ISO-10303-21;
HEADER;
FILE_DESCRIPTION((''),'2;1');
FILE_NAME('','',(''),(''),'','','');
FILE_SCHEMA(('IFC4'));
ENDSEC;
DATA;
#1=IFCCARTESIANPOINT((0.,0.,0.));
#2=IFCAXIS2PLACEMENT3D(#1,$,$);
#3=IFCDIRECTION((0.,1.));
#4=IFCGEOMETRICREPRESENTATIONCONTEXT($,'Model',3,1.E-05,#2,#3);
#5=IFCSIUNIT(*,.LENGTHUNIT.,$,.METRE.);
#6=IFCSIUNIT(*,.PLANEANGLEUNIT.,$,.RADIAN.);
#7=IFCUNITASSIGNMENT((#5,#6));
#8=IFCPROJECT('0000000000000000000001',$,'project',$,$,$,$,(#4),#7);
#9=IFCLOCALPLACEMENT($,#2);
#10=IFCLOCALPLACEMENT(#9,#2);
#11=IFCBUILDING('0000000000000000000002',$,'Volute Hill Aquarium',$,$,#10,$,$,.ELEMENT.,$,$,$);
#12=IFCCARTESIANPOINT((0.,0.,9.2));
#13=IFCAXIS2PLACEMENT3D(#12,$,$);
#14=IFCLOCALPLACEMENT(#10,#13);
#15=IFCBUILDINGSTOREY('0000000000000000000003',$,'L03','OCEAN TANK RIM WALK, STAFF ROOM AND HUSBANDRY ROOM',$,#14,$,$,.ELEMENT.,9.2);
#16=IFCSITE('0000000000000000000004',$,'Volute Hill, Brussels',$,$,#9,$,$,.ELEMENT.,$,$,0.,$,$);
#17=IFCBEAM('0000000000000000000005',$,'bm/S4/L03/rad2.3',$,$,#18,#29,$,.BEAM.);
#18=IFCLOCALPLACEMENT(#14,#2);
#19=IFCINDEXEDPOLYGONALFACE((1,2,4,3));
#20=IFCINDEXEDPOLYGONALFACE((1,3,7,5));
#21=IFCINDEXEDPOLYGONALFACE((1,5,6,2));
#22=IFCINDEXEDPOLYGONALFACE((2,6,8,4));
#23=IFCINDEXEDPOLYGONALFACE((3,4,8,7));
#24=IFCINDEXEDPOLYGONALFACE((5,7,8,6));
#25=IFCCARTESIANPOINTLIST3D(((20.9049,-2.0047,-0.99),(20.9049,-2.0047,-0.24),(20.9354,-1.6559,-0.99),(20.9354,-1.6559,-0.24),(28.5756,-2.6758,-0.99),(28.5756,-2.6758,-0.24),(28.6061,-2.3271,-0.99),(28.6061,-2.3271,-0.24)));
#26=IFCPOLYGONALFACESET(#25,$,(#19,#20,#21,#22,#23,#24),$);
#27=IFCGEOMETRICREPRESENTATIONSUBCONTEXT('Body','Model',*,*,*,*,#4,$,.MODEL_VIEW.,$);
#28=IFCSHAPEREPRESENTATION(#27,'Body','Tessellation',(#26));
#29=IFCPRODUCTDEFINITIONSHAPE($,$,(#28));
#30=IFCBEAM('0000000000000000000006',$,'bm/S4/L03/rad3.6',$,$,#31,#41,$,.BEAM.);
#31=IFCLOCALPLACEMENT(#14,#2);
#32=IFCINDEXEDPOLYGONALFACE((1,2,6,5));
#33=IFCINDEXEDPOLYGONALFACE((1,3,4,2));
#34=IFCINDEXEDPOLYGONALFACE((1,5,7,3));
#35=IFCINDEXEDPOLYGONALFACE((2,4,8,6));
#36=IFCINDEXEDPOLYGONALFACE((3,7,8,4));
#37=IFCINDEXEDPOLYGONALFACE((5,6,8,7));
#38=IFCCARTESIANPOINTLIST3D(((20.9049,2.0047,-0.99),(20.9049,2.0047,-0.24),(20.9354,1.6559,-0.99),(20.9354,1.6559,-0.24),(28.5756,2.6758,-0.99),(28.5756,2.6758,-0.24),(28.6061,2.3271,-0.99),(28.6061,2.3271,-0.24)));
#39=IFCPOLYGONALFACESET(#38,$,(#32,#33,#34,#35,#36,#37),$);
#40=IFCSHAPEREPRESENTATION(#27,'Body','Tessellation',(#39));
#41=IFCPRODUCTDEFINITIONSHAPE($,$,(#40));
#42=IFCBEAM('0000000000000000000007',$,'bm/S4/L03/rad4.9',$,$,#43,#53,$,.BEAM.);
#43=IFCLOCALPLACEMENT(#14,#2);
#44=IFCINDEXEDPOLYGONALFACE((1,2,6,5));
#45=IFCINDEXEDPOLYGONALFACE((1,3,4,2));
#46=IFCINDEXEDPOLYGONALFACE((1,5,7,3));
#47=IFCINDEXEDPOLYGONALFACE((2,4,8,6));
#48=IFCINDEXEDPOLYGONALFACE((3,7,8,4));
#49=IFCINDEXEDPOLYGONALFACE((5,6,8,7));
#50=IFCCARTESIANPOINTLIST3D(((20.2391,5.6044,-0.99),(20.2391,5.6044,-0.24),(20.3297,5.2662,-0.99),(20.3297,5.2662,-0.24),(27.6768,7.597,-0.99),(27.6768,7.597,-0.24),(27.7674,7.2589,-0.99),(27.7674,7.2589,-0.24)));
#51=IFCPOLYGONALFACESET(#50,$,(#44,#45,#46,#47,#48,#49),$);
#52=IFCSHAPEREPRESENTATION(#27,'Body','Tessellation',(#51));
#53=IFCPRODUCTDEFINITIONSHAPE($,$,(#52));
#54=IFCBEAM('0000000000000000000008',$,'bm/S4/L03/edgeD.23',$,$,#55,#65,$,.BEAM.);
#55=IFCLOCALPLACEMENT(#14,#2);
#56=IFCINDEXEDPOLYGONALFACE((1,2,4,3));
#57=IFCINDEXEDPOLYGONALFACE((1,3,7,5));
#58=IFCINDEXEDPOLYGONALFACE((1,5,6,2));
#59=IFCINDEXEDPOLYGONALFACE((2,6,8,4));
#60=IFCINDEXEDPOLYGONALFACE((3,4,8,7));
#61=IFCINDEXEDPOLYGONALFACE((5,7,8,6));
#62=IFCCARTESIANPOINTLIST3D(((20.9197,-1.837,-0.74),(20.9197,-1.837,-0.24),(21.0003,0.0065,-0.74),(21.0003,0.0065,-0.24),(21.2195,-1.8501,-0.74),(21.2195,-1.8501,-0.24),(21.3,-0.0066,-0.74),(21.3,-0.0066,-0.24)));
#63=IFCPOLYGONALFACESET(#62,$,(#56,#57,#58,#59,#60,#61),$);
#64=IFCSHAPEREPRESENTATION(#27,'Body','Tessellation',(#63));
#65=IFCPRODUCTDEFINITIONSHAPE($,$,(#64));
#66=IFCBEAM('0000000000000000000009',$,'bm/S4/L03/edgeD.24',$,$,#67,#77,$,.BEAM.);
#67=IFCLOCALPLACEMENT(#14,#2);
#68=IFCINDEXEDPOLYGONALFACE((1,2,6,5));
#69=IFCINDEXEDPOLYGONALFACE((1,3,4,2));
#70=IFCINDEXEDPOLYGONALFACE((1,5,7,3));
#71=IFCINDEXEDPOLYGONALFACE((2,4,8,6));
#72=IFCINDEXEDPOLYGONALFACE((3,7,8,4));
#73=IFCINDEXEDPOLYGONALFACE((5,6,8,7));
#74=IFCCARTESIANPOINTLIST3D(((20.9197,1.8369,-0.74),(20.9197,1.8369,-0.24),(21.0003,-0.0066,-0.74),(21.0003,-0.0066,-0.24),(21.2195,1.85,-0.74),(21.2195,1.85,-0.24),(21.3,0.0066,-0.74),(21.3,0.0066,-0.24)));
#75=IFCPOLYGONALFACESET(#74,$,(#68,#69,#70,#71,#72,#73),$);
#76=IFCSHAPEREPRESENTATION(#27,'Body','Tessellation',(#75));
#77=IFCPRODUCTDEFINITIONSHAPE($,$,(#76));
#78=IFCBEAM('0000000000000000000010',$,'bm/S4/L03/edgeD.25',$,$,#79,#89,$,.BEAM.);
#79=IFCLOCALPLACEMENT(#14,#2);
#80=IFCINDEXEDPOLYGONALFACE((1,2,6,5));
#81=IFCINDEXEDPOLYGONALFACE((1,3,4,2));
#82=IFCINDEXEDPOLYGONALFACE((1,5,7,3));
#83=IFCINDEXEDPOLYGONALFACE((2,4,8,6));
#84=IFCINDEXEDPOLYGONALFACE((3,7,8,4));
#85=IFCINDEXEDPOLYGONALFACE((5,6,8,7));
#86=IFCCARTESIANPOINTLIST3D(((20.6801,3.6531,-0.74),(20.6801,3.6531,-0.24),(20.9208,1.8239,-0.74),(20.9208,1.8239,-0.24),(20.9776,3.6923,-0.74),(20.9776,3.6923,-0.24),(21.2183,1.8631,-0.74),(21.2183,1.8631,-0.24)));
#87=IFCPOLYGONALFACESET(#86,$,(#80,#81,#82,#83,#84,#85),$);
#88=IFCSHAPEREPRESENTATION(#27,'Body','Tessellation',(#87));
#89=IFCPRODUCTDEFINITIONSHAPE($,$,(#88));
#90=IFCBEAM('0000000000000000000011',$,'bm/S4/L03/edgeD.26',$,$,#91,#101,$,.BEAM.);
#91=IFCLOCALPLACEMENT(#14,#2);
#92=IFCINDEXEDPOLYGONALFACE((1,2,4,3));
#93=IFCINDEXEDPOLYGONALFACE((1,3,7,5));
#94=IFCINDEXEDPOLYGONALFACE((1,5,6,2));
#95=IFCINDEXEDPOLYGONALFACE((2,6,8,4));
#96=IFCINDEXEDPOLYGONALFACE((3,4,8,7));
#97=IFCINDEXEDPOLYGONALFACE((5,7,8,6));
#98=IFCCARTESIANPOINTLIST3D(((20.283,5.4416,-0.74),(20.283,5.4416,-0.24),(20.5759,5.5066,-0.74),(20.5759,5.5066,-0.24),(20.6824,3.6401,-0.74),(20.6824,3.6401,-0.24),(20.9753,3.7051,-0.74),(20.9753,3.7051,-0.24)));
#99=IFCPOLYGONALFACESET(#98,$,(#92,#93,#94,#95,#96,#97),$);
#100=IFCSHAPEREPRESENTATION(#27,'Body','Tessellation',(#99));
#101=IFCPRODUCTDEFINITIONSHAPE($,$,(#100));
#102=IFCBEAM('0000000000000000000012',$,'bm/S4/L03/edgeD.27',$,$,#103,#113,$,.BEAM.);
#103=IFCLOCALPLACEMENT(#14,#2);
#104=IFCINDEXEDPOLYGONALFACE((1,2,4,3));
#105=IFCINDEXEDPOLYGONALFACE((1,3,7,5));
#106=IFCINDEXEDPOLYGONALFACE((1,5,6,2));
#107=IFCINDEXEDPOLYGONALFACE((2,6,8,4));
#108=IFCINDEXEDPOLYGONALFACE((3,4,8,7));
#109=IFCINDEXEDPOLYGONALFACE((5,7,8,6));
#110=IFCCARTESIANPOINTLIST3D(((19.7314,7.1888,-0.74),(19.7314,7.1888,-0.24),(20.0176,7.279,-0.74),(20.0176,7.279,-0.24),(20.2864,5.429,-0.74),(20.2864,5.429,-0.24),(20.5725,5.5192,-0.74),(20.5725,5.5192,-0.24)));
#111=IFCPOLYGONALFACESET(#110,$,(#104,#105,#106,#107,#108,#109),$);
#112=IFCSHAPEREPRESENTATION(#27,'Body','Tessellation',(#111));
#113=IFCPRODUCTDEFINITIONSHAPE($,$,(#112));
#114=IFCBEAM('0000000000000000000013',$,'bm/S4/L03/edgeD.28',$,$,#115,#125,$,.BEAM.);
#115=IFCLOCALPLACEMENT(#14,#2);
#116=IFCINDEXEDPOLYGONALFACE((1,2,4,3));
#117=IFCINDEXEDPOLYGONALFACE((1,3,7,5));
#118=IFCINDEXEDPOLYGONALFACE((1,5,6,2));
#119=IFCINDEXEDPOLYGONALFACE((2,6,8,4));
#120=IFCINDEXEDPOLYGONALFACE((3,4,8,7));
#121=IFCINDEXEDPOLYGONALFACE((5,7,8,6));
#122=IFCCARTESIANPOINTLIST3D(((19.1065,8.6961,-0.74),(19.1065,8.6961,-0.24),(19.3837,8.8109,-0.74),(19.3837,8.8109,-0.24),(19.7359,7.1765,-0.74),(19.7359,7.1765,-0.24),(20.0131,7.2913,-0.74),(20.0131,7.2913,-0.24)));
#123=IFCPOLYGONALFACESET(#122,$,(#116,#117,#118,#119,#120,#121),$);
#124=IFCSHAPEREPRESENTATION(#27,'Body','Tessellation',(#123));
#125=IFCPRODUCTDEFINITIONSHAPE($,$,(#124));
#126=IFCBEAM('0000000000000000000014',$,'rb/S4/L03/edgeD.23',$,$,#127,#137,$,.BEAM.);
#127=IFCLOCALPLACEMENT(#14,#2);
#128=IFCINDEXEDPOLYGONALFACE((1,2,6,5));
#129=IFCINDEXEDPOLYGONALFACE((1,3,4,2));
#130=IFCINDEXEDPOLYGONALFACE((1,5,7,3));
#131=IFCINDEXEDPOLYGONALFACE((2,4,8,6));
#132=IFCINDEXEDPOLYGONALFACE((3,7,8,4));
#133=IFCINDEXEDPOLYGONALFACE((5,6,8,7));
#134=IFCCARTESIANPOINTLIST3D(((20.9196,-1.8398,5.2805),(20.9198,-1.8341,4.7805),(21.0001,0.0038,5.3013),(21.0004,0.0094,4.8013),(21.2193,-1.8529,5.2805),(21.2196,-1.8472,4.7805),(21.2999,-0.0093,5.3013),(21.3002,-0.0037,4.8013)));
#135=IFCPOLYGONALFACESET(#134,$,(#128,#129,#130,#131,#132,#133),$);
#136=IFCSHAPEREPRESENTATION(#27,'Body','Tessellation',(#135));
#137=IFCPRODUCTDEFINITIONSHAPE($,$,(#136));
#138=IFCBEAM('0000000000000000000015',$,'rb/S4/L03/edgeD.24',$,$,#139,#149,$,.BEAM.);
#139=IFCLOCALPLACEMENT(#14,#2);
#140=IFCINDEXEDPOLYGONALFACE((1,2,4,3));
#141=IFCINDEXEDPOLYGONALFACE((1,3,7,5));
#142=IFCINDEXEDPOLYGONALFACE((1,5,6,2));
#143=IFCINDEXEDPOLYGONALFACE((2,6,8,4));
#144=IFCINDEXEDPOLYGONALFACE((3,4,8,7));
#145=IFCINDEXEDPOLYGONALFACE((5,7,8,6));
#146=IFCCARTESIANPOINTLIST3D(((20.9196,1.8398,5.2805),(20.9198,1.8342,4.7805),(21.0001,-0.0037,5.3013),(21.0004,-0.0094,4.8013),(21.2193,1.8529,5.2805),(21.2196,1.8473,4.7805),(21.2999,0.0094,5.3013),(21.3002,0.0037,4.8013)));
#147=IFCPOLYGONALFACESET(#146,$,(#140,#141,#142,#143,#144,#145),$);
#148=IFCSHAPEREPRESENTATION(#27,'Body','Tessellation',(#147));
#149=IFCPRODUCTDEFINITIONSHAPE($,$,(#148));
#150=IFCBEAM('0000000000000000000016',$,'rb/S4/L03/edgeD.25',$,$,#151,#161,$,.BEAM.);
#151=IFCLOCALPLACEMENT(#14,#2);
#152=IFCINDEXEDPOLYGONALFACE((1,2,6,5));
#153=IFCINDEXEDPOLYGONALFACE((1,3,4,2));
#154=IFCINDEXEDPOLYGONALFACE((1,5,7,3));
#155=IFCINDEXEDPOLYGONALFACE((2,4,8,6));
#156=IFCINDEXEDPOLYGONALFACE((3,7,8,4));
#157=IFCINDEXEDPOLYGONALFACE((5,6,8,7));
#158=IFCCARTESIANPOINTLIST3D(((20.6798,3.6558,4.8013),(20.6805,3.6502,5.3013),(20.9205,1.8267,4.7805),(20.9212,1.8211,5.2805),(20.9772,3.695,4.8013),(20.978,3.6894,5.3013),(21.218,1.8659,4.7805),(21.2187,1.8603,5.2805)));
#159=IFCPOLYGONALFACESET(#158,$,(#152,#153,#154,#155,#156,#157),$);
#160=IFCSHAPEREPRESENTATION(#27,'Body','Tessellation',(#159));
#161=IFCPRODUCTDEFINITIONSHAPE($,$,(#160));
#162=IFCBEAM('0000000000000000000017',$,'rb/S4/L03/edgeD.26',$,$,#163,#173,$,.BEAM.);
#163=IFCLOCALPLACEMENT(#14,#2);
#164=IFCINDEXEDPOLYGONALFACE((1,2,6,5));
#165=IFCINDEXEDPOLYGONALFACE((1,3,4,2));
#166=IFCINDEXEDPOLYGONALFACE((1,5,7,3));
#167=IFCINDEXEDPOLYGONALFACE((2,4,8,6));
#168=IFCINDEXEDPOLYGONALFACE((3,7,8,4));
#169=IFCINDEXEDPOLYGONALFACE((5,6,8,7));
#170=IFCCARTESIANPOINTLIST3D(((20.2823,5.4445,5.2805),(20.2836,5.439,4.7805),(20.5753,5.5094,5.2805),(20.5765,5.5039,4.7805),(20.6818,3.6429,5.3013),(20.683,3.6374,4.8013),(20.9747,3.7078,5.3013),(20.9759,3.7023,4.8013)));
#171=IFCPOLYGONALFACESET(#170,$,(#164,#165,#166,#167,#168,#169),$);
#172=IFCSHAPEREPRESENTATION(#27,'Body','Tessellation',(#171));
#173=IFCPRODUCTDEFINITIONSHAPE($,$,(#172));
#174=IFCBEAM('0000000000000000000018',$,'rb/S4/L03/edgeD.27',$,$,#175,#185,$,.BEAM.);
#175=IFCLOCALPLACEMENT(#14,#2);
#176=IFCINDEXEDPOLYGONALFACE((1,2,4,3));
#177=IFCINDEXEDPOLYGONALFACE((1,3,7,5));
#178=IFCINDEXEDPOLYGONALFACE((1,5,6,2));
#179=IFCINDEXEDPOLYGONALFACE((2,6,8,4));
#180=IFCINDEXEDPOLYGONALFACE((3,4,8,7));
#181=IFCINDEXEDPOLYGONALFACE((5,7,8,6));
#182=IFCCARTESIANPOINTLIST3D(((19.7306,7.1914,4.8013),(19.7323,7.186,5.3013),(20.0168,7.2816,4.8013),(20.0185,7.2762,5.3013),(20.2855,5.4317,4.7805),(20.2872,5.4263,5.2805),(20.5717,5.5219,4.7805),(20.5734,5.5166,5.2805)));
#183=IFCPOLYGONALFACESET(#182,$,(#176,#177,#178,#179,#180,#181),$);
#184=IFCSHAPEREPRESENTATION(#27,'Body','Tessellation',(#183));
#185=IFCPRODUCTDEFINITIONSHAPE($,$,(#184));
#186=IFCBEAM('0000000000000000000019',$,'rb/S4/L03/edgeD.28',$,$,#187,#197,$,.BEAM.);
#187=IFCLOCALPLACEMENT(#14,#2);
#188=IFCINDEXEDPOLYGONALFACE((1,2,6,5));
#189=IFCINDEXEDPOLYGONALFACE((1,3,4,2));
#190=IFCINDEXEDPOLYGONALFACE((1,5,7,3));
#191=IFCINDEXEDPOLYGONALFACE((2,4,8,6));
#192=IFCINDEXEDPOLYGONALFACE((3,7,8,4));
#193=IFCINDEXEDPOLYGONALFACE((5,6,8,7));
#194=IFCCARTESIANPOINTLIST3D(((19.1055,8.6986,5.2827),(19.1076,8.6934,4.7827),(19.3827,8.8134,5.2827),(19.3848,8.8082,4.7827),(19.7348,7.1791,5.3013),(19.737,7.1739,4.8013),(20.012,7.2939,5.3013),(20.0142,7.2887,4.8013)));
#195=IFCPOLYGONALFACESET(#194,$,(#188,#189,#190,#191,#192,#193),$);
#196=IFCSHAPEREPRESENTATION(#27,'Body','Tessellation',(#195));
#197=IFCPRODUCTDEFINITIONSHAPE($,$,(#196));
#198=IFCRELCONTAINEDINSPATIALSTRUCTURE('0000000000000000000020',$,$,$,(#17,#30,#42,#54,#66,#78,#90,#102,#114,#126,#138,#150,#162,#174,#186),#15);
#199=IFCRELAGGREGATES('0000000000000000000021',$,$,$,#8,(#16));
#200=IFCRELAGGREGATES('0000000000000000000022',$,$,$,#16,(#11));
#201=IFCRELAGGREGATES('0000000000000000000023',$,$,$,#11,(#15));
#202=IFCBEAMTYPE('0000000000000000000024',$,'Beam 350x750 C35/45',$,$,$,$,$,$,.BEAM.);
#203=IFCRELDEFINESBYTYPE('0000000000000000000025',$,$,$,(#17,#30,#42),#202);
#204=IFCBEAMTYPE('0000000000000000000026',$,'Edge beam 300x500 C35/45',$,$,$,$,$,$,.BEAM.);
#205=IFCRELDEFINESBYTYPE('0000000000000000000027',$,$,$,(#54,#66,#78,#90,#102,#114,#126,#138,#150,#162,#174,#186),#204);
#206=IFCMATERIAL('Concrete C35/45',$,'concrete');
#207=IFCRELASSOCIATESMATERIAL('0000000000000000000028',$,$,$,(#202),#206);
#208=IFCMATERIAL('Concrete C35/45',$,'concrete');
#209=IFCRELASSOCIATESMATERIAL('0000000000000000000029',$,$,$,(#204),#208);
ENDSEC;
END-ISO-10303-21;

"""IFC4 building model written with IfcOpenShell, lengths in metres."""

from ifc_helpers import new_model, si_unit, direction, frame, origin, origin_2d, place, context, subcontext, project, spatial, rectangle, extrude, material, material_profile, profile_set, type_object, element, save


model = new_model("IFC4")

# Units and contexts
model_context = context("Model", 3, precision=1e-05, world=origin(), true_north=direction((0.0, 1.0)))
body_context = subcontext(model_context, "Body", "Model", "MODEL_VIEW")
ifc_project = project(units=[si_unit("LENGTHUNIT", "METRE"), si_unit("PLANEANGLEUNIT", "RADIAN")], contexts=[model_context])

# Site, building, storey
site_placement = place(None, origin())
site = spatial("IfcSite", under=ifc_project, at=site_placement, Name="Volute Hill, Brussels", CompositionType="ELEMENT", RefElevation=0.0)
building_placement = place(site_placement, origin())
building = spatial("IfcBuilding", under=site, at=building_placement, Name="Volute Hill Aquarium", CompositionType="ELEMENT")
storey_placement = place(building_placement, frame((0.0, 0.0, 9.2)))
storey = spatial("IfcBuildingStorey", under=building, at=storey_placement, Name="L03", Description="OCEAN TANK RIM WALK, STAFF ROOM AND HUSBANDRY ROOM", CompositionType="ELEMENT", Elevation=9.2)

# Beams
ifc_material_1 = material(Name="Concrete C35/45", Category="concrete")
ifc_material_profile_1 = material_profile(ifc_material_1, rectangle(XDim=0.3501, YDim=0.75, at=origin_2d()), Name="RC beam 350x750")
ifc_profile_set_1 = profile_set([ifc_material_profile_1], Name="Concrete C35/45")
beam_type_1 = type_object("IfcBeamType", Name="Beam 350x750 C35/45", PredefinedType="BEAM", material=ifc_profile_set_1)
for number, where, z_axis, x_axis, name in (
    (1, (20.9202, -1.8303, -0.615), (0.996194, -0.087162, 0.0), (0.087162, 0.996194, 0.0), "bm/S4/L03/rad2.3"),
    (2, (20.9202, 1.8303, -0.615), (0.996194, 0.087162, 0.0), (-0.087162, 0.996194, 0.0), "bm/S4/L03/rad3.6"),
    (3, (20.2844, 5.4353, -0.615), (0.965934, 0.258787, 0.0), (-0.258787, 0.965934, 0.0), "bm/S4/L03/rad4.9"),
):
    element("IfcBeam", number, at=place(storey_placement, frame(where, z_axis=z_axis, x_axis=x_axis)), inside=storey, type_object=beam_type_1, Name=name, PredefinedType="BEAM", context=body_context, shape_type="SweptSolid", body=[
        extrude(rectangle(XDim=0.3501, YDim=0.75, at=origin_2d()), origin(), (0.0, 0.0, 1.0), 7.7),
    ])
ifc_material_2 = material(Name="Concrete C35/45", Category="concrete")
ifc_material_profile_2 = material_profile(ifc_material_2, rectangle(XDim=0.3, YDim=0.5, at=origin_2d()), Name="RC edge beam 300x500")
ifc_profile_set_2 = profile_set([ifc_material_profile_2], Name="Concrete C35/45")
beam_type_2 = type_object("IfcBeamType", Name="Edge beam 300x500 C35/45", PredefinedType="BEAM", material=ifc_profile_set_2)
for number, where, z_axis, x_axis, name in (
    (4, (21.0696, -1.8435, -0.49), (0.043661, 0.999046, 0.0), (-0.999046, 0.043661, 0.0), "bm/S4/L03/edgeD.23"),
    (5, (21.1501, 0.0, -0.49), (-0.043661, 0.999046, 0.0), (-0.999046, -0.043661, 0.0), "bm/S4/L03/edgeD.24"),
):
    element("IfcBeam", number, at=place(storey_placement, frame(where, z_axis=z_axis, x_axis=x_axis)), inside=storey, type_object=beam_type_2, Name=name, PredefinedType="BEAM", context=body_context, shape_type="SweptSolid", body=[
        extrude(rectangle(XDim=0.3, YDim=0.5, at=origin_2d()), origin(), (0.0, 0.0, 1.0), 1.8452),
    ])
beam_1_placement = place(storey_placement, frame((21.0696, 1.8435, -0.49), z_axis=(-0.130482, 0.991451, 0.0), x_axis=(-0.991451, -0.130482, 0.0)))
element("IfcBeam", 6, at=beam_1_placement, inside=storey, type_object=beam_type_2, Name="bm/S4/L03/edgeD.25", PredefinedType="BEAM", context=body_context, shape_type="SweptSolid", body=[
    extrude(rectangle(XDim=0.3, YDim=0.5, at=origin_2d()), origin(), (0.0, 0.0, 1.0), 1.845),
])
for number, where, z_axis, x_axis, name in (
    (7, (20.8289, 3.6726, -0.49), (-0.216454, 0.976293, 0.0), (-0.976293, -0.216454, 0.0), "bm/S4/L03/edgeD.26"),
    (8, (20.4294, 5.4741, -0.49), (-0.300745, 0.953705, 0.0), (-0.953705, -0.300745, 0.0), "bm/S4/L03/edgeD.27"),
):
    element("IfcBeam", number, at=place(storey_placement, frame(where, z_axis=z_axis, x_axis=x_axis)), inside=storey, type_object=beam_type_2, Name=name, PredefinedType="BEAM", context=body_context, shape_type="SweptSolid", body=[
        extrude(rectangle(XDim=0.3, YDim=0.5, at=origin_2d()), origin(), (0.0, 0.0, 1.0), 1.8452),
    ])
beam_2_placement = place(storey_placement, frame((19.8745, 7.2339, -0.49), z_axis=(-0.382675, 0.923883, 0.0), x_axis=(-0.923883, -0.382675, 0.0)))
element("IfcBeam", 9, at=beam_2_placement, inside=storey, type_object=beam_type_2, Name="bm/S4/L03/edgeD.28", PredefinedType="BEAM", context=body_context, shape_type="SweptSolid", body=[
    extrude(rectangle(XDim=0.3, YDim=0.5, at=origin_2d()), origin(), (0.0, 0.0, 1.0), 1.6448),
])
for number, where, z_axis, x_axis, name in (
    (10, (21.0696, -1.8435, 5.0305), (0.043658, 0.998983, 0.011245), (-0.999046, 0.043661, 0.0), "rb/S4/L03/edgeD.23"),
    (11, (21.1501, 0.0, 5.0513), (-0.043658, 0.998983, -0.011245), (-0.999046, -0.043661, 0.0), "rb/S4/L03/edgeD.24"),
):
    element("IfcBeam", number, at=place(storey_placement, frame(where, z_axis=z_axis, x_axis=x_axis)), inside=storey, type_object=beam_type_2, Name=name, PredefinedType="BEAM", context=body_context, shape_type="SweptSolid", body=[
        extrude(rectangle(XDim=0.3, YDim=0.5, at=origin_2d()), origin(), (0.0, 0.0, 1.0), 1.8455),
    ])
beam_3_placement = place(storey_placement, frame((21.0696, 1.8435, 5.0305), z_axis=(-0.130474, 0.991388, 0.011248), x_axis=(-0.991451, -0.130482, 0.0)))
element("IfcBeam", 12, at=beam_3_placement, inside=storey, type_object=beam_type_2, Name="rb/S4/L03/edgeD.25", PredefinedType="BEAM", context=body_context, shape_type="SweptSolid", body=[
    extrude(rectangle(XDim=0.3, YDim=0.5, at=origin_2d()), origin(), (0.0, 0.0, 1.0), 1.845),
])
beam_4_placement = place(storey_placement, frame((20.8289, 3.6726, 5.0513), z_axis=(-0.21644, 0.976231, -0.011245), x_axis=(-0.976293, -0.216454, 0.0)))
element("IfcBeam", 13, at=beam_4_placement, inside=storey, type_object=beam_type_2, Name="rb/S4/L03/edgeD.26", PredefinedType="BEAM", context=body_context, shape_type="SweptSolid", body=[
    extrude(rectangle(XDim=0.3, YDim=0.5, at=origin_2d()), origin(), (0.0, 0.0, 1.0), 1.8455),
])
beam_5_placement = place(storey_placement, frame((20.4294, 5.4741, 5.0305), z_axis=(-0.300726, 0.953644, 0.011246), x_axis=(-0.953705, -0.300745, 0.0)))
element("IfcBeam", 14, at=beam_5_placement, inside=storey, type_object=beam_type_2, Name="rb/S4/L03/edgeD.27", PredefinedType="BEAM", context=body_context, shape_type="SweptSolid", body=[
    extrude(rectangle(XDim=0.3, YDim=0.5, at=origin_2d()), origin(), (0.0, 0.0, 1.0), 1.8452),
])
beam_6_placement = place(storey_placement, frame((19.8745, 7.2339, 5.0513), z_axis=(-0.382651, 0.923824, -0.011281), x_axis=(-0.923883, -0.382675, 0.0)))
element("IfcBeam", 15, at=beam_6_placement, inside=storey, type_object=beam_type_2, Name="rb/S4/L03/edgeD.28", PredefinedType="BEAM", context=body_context, shape_type="SweptSolid", body=[
    extrude(rectangle(XDim=0.3, YDim=0.5, at=origin_2d()), origin(), (0.0, 0.0, 1.0), 1.6448),
])

save(model, "model.ifc")
